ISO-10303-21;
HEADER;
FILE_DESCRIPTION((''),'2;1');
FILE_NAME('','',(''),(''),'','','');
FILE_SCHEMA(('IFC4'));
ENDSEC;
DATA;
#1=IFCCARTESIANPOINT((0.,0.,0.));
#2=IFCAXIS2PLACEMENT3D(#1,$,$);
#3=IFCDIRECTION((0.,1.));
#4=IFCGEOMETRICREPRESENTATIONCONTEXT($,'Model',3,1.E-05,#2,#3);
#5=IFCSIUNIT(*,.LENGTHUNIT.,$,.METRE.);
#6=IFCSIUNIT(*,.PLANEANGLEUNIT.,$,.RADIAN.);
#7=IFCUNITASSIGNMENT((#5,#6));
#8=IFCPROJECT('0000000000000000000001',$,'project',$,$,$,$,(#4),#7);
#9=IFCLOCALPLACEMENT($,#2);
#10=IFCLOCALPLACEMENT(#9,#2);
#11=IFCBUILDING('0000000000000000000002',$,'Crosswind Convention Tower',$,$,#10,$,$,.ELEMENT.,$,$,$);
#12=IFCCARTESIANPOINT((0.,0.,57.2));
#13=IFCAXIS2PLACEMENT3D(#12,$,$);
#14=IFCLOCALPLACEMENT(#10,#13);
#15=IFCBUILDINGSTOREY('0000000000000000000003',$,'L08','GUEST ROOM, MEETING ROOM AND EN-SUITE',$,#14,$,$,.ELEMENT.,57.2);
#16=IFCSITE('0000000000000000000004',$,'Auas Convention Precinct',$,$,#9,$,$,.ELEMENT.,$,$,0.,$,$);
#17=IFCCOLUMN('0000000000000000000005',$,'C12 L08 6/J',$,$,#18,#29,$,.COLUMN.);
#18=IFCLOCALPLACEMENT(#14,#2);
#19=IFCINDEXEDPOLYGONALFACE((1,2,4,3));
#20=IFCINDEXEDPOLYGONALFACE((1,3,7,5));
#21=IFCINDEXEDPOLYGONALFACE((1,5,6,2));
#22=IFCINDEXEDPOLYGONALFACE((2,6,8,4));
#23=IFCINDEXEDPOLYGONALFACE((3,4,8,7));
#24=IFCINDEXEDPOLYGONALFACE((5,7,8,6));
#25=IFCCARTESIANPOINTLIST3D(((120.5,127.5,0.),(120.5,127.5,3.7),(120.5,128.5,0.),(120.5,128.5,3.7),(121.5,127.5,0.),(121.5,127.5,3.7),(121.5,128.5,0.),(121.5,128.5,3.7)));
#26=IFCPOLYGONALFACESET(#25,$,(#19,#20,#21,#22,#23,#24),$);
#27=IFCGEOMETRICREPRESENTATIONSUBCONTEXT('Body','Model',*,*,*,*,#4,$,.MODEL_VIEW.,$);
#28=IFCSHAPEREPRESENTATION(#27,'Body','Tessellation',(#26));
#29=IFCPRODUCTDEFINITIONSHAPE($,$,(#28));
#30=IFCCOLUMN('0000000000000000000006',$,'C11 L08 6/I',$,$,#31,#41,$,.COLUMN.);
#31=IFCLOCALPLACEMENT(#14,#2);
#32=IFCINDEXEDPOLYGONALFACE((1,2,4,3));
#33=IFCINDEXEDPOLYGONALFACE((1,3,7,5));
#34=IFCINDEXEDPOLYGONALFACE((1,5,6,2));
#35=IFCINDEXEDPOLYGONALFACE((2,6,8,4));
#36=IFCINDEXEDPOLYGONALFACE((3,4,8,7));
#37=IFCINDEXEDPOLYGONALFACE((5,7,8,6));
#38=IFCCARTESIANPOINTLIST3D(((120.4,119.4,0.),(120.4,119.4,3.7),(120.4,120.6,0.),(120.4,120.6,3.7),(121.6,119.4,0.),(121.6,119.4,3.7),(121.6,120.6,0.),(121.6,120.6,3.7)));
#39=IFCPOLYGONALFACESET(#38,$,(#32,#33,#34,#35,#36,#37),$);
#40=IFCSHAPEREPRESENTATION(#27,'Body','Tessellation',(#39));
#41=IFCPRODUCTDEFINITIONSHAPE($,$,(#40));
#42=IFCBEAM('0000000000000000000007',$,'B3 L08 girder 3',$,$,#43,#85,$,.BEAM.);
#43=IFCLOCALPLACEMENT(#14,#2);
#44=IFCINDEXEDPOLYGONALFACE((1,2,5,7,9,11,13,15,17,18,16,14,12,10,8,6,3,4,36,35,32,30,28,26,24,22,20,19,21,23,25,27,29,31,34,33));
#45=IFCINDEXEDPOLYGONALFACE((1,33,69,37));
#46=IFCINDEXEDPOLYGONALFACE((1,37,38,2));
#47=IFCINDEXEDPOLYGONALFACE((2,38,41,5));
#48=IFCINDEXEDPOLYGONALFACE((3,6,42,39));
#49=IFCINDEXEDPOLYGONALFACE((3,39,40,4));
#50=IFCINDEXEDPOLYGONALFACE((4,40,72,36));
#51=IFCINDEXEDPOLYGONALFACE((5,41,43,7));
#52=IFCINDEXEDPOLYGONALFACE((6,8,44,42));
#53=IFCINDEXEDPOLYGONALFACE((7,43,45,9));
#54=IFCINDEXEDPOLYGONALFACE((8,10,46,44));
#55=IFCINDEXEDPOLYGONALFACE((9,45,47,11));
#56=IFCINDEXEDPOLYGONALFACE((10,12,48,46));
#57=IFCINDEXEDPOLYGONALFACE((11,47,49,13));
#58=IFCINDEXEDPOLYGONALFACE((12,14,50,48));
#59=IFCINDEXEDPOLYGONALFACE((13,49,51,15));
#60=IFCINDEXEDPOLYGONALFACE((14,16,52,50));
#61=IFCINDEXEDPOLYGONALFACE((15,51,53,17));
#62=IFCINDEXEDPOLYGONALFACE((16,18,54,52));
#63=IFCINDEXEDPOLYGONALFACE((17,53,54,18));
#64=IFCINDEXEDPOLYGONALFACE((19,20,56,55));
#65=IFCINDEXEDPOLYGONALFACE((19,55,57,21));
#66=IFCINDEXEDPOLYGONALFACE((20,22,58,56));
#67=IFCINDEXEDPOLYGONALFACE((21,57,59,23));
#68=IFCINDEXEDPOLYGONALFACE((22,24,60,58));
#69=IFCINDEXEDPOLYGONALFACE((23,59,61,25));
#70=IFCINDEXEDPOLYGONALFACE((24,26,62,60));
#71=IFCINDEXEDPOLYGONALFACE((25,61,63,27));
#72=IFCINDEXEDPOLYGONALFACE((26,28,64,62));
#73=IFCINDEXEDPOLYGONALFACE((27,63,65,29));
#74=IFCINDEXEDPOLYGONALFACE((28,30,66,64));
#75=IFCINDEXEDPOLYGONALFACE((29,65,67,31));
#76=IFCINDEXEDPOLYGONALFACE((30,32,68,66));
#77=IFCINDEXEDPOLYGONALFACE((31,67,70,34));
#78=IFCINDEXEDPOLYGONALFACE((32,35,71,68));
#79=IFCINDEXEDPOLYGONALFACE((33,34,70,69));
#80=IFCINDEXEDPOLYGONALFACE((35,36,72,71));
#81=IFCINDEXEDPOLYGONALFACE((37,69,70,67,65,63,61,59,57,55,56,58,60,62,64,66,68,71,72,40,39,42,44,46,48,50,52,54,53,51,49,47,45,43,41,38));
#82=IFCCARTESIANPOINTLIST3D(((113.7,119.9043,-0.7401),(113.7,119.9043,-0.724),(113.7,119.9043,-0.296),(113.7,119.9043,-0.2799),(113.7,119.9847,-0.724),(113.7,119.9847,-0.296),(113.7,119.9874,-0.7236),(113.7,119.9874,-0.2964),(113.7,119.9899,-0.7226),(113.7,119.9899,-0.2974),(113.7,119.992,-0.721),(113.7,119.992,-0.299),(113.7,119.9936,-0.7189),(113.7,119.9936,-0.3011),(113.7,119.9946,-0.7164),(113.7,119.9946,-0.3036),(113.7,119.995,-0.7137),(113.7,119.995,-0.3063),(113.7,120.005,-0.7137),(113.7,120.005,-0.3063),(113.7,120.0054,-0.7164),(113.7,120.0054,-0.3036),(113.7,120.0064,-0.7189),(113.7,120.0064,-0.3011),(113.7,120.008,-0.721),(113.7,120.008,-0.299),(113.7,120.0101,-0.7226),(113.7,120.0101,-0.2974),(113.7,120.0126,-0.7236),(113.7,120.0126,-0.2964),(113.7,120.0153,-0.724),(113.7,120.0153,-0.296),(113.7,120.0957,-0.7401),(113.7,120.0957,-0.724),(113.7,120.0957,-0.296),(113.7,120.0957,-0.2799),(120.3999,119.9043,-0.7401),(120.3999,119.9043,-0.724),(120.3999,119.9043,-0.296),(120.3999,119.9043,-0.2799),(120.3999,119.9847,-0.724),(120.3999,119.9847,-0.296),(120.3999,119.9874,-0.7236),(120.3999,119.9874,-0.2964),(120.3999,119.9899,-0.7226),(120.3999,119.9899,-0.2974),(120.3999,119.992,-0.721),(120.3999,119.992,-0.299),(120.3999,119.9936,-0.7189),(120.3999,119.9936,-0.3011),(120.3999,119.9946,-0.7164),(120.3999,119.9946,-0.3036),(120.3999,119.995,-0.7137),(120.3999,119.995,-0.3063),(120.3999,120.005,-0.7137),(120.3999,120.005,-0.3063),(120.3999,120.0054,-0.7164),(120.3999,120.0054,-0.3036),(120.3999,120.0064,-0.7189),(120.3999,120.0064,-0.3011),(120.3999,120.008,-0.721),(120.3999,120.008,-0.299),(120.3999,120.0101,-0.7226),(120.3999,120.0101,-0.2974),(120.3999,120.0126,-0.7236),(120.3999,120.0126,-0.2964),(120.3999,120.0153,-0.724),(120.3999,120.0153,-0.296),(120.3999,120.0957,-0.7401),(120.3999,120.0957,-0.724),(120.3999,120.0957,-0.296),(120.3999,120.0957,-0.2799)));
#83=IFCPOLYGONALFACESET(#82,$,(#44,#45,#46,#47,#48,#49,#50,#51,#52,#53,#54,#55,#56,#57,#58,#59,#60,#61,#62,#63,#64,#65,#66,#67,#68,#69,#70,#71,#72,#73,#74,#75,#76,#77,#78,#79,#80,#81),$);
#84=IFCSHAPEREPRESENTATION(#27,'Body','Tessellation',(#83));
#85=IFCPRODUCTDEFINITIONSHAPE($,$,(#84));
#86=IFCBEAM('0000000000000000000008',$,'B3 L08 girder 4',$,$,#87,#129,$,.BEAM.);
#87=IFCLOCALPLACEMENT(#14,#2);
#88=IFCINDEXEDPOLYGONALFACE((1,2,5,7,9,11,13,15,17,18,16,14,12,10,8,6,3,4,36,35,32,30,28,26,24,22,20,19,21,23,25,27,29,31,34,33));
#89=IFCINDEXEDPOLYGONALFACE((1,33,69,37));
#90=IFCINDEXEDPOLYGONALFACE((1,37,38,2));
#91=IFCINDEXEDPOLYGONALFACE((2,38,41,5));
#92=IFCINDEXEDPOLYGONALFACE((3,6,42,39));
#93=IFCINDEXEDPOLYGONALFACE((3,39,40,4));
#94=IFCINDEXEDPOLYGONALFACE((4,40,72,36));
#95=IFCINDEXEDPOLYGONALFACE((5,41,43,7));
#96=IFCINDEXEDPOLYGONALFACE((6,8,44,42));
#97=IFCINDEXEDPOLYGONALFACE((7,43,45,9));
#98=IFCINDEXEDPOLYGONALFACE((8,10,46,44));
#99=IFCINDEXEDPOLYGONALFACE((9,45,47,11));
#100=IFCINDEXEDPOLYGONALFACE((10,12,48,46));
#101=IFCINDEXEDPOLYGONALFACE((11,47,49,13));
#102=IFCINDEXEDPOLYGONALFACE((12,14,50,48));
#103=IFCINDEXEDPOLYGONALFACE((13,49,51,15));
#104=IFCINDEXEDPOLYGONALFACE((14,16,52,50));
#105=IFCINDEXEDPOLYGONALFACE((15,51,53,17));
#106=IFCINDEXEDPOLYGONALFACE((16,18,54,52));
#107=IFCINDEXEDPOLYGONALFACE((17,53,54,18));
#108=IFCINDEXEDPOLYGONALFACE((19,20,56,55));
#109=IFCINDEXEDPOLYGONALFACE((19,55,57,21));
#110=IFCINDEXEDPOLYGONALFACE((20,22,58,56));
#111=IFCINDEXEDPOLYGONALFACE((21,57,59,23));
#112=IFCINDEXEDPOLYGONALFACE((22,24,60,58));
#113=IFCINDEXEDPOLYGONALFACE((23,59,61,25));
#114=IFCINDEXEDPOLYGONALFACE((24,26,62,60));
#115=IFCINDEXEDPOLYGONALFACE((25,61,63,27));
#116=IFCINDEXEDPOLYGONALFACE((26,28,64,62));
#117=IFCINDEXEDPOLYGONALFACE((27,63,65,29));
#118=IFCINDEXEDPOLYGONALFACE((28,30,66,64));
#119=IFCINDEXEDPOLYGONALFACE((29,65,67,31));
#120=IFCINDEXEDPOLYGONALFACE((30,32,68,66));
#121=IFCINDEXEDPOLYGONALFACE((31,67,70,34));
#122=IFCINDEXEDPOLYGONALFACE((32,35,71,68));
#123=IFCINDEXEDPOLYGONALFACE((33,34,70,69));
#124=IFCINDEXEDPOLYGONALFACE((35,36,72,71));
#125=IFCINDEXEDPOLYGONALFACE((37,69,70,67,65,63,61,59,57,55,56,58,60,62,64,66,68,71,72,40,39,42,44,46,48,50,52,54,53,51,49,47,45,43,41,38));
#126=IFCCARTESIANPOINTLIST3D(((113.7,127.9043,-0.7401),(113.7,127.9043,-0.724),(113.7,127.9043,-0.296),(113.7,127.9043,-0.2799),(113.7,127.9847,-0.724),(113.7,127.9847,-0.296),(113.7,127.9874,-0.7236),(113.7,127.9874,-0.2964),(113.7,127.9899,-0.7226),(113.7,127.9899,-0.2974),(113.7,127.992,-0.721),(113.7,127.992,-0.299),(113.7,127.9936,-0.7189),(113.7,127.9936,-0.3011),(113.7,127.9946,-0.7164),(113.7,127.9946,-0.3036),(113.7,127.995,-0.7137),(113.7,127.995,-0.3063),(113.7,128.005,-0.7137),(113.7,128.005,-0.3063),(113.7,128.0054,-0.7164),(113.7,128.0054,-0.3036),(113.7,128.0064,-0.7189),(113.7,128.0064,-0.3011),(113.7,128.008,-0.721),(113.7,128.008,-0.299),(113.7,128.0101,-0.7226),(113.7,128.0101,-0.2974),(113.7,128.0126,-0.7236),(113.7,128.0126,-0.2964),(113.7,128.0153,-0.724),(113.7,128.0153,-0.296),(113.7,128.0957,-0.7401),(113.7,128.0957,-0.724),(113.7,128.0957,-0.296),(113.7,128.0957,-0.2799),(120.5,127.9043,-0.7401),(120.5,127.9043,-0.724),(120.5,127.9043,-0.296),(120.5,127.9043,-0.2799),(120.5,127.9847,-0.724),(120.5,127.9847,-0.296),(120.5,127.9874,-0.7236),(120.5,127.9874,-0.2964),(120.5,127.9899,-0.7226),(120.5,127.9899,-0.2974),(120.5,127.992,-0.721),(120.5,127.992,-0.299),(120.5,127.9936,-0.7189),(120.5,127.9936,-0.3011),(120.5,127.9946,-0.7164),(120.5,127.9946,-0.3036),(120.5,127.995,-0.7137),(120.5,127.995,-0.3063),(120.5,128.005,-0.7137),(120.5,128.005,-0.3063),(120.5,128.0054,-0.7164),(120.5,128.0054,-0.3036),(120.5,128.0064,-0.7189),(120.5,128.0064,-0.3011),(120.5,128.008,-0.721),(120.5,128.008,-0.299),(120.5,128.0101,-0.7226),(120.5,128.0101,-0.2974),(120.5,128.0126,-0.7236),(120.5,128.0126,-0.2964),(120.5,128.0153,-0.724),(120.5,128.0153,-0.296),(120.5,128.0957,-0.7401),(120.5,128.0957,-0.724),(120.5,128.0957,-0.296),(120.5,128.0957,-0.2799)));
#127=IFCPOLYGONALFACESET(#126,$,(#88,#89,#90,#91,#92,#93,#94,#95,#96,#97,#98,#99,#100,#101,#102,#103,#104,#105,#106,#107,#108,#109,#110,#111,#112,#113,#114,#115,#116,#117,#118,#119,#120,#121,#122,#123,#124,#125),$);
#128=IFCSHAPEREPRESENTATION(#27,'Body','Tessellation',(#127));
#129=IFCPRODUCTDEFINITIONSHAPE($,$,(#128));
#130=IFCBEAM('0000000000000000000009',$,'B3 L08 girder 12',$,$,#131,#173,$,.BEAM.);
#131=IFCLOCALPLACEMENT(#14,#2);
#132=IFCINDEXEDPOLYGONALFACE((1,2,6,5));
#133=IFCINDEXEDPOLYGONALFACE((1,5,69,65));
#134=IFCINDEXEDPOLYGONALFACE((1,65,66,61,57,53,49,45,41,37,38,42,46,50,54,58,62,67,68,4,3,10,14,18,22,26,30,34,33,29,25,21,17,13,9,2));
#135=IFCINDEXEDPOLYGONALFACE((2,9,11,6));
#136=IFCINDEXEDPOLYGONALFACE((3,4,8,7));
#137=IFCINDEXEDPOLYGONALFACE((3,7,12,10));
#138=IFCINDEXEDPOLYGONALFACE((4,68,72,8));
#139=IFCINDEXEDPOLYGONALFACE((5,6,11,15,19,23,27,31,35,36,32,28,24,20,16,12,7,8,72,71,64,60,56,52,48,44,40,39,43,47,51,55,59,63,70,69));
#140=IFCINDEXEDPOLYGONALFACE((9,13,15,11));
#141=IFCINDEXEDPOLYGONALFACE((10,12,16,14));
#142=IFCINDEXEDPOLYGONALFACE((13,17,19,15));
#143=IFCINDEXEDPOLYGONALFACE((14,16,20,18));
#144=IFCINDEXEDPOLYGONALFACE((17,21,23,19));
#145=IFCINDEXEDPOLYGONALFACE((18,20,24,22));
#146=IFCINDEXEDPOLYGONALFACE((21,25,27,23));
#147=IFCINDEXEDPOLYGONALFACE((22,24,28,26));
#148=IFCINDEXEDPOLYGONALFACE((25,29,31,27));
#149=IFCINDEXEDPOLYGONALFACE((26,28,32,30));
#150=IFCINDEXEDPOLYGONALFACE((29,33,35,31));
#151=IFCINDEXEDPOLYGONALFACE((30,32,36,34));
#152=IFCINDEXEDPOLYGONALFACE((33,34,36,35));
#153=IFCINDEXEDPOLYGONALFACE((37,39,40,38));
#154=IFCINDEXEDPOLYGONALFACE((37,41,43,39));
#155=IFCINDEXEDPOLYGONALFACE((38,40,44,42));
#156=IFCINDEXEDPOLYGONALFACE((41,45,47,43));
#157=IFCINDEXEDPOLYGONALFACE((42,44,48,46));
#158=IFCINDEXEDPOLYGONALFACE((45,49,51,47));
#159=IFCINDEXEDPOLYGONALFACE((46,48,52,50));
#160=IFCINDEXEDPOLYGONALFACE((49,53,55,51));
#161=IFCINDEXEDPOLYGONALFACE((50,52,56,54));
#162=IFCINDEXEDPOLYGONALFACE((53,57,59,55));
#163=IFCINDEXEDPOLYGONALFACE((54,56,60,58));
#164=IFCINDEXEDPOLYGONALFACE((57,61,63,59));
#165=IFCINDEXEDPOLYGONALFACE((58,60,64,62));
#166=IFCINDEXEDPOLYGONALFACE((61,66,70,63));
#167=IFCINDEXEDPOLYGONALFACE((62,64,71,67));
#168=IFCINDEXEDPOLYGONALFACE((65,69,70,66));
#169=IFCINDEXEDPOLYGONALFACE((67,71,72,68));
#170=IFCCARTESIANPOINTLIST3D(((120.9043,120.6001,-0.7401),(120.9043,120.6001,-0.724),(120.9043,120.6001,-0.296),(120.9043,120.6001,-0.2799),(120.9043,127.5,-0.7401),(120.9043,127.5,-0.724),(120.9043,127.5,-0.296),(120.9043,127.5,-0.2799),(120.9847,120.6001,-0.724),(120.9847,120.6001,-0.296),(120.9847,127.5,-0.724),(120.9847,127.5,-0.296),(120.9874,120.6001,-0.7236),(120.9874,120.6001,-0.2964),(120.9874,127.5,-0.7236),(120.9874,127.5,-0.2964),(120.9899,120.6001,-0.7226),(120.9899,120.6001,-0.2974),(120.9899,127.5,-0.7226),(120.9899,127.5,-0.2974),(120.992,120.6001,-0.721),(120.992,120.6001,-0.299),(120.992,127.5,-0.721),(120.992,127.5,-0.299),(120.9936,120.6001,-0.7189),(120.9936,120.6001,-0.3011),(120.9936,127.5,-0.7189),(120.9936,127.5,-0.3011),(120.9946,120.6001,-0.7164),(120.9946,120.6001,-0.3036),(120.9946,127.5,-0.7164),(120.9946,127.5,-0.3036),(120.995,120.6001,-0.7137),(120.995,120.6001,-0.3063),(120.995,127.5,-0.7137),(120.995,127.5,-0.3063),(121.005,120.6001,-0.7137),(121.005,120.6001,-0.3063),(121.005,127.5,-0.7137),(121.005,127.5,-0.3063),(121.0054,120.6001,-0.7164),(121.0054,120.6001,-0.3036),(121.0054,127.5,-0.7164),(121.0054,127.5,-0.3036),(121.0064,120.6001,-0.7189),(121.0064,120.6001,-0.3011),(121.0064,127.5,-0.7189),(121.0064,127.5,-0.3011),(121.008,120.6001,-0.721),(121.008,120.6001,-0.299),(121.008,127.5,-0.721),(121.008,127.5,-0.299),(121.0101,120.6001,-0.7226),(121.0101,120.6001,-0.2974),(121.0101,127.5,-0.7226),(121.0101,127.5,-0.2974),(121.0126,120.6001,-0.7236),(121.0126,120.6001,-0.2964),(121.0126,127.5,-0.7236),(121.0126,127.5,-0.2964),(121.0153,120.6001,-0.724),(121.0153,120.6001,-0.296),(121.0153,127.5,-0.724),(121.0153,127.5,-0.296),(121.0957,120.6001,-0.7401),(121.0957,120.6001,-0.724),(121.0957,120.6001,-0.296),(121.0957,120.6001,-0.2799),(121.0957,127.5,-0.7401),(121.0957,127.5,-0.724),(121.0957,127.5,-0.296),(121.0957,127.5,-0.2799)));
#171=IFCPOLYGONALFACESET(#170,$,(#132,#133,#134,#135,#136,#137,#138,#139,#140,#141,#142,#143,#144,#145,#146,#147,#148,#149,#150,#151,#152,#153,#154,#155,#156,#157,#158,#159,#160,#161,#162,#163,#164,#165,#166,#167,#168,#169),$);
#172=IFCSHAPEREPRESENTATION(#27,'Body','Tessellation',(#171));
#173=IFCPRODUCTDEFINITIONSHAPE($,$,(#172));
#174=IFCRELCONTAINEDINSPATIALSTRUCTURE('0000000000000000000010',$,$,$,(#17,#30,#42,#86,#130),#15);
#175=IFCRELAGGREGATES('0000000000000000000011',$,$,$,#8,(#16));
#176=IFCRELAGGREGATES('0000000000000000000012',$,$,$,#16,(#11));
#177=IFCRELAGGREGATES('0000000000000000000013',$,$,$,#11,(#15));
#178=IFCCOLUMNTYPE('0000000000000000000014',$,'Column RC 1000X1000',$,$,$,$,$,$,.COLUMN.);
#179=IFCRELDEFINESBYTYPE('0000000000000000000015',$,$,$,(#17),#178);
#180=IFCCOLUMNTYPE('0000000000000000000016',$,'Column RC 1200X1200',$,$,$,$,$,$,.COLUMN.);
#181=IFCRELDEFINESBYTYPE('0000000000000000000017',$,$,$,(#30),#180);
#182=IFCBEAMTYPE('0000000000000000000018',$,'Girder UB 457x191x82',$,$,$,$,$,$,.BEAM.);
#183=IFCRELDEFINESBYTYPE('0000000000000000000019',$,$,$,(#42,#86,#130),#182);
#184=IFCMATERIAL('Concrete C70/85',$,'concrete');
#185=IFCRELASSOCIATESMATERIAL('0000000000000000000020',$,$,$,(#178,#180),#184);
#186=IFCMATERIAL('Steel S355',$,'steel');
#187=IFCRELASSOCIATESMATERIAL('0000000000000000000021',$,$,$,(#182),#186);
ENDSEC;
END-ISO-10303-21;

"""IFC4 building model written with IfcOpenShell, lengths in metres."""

from ifc_helpers import new_model, si_unit, direction, frame, origin, origin_2d, place, context, subcontext, project, spatial, rectangle, i_section, extrude, material, material_profile, profile_set, type_object, element, save


model = new_model("IFC4")

# Units and contexts
model_context = context("Model", 3, precision=1e-05, world=origin(), true_north=direction((0.0, 1.0)))
body_context = subcontext(model_context, "Body", "Model", "MODEL_VIEW")
ifc_project = project(units=[si_unit("LENGTHUNIT", "METRE"), si_unit("PLANEANGLEUNIT", "RADIAN")], contexts=[model_context])

# Site, building, storey
site_placement = place(None, origin())
site = spatial("IfcSite", under=ifc_project, at=site_placement, Name="Auas Convention Precinct", CompositionType="ELEMENT", RefElevation=0.0)
building_placement = place(site_placement, origin())
building = spatial("IfcBuilding", under=site, at=building_placement, Name="Crosswind Convention Tower", CompositionType="ELEMENT")
storey_placement = place(building_placement, frame((0.0, 0.0, 57.2)))
storey = spatial("IfcBuildingStorey", under=building, at=storey_placement, Name="L08", Description="GUEST ROOM, MEETING ROOM AND EN-SUITE", CompositionType="ELEMENT", Elevation=57.2)

# Columns
ifc_material_1 = material(Name="Concrete C70/85", Category="concrete")
ifc_material_profile_1 = material_profile(ifc_material_1, rectangle(XDim=1.0, YDim=1.0, at=origin_2d()), Name="RC 1000X1000")
ifc_profile_set_1 = profile_set([ifc_material_profile_1], Name="Concrete C70/85")
column_type_1 = type_object("IfcColumnType", Name="Column RC 1000X1000", PredefinedType="COLUMN", material=ifc_profile_set_1)
column_1_placement = place(storey_placement, frame((121.0, 128.0, 0.0), z_axis=(0.0, 0.0, 1.0), x_axis=(1.0, 0.0, 0.0)))
element("IfcColumn", 1, at=column_1_placement, inside=storey, type_object=column_type_1, Name="C12 L08 6/J", PredefinedType="COLUMN", context=body_context, shape_type="SweptSolid", body=[
    extrude(rectangle(XDim=1.0, YDim=1.0, at=origin_2d()), origin(), (0.0, 0.0, 1.0), 3.7),
])
ifc_material_profile_2 = material_profile(ifc_material_1, rectangle(XDim=1.2, YDim=1.2, at=origin_2d()), Name="RC 1200X1200")
ifc_profile_set_2 = profile_set([ifc_material_profile_2], Name="Concrete C70/85")
column_type_2 = type_object("IfcColumnType", Name="Column RC 1200X1200", PredefinedType="COLUMN", material=ifc_profile_set_2)
column_2_placement = place(storey_placement, frame((121.0, 120.0, 0.0), z_axis=(0.0, 0.0, 1.0), x_axis=(1.0, 0.0, 0.0)))
element("IfcColumn", 2, at=column_2_placement, inside=storey, type_object=column_type_2, Name="C11 L08 6/I", PredefinedType="COLUMN", context=body_context, shape_type="SweptSolid", body=[
    extrude(rectangle(XDim=1.2, YDim=1.2, at=origin_2d()), origin(), (0.0, 0.0, 1.0), 3.7),
])

# Beams
ifc_material_2 = material(Name="Steel S355", Category="steel")
ifc_material_profile_3 = material_profile(ifc_material_2, i_section(OverallWidth=0.1914, OverallDepth=0.4602, WebThickness=0.01, FlangeThickness=0.0161, FilletRadius=0.0103, at=origin_2d()), Name="UB 457x191x82")
ifc_profile_set_3 = profile_set([ifc_material_profile_3], Name="Steel S355")
beam_type_1 = type_object("IfcBeamType", Name="Girder UB 457x191x82", PredefinedType="BEAM", material=ifc_profile_set_3)
beam_1_placement = place(storey_placement, frame((113.7, 120.0, -0.51), z_axis=(1.0, 0.0, 0.0), x_axis=(0.0, 1.0, 0.0)))
element("IfcBeam", 3, at=beam_1_placement, inside=storey, type_object=beam_type_1, Name="B3 L08 girder 3", PredefinedType="BEAM", context=body_context, shape_type="SweptSolid", body=[
    extrude(i_section(OverallWidth=0.1914, OverallDepth=0.4602, WebThickness=0.01, FlangeThickness=0.0161, FilletRadius=0.0103, at=origin_2d()), origin(), (0.0, 0.0, 1.0), 6.7),
])
beam_2_placement = place(storey_placement, frame((113.7, 128.0, -0.51), z_axis=(1.0, 0.0, 0.0), x_axis=(0.0, 1.0, 0.0)))
element("IfcBeam", 4, at=beam_2_placement, inside=storey, type_object=beam_type_1, Name="B3 L08 girder 4", PredefinedType="BEAM", context=body_context, shape_type="SweptSolid", body=[
    extrude(i_section(OverallWidth=0.1914, OverallDepth=0.4602, WebThickness=0.01, FlangeThickness=0.0161, FilletRadius=0.0103, at=origin_2d()), origin(), (0.0, 0.0, 1.0), 6.8),
])
beam_3_placement = place(storey_placement, frame((121.0, 120.6001, -0.51), z_axis=(0.0, 1.0, 0.0), x_axis=(-1.0, 0.0, 0.0)))
element("IfcBeam", 5, at=beam_3_placement, inside=storey, type_object=beam_type_1, Name="B3 L08 girder 12", PredefinedType="BEAM", context=body_context, shape_type="SweptSolid", body=[
    extrude(i_section(OverallWidth=0.1914, OverallDepth=0.4602, WebThickness=0.01, FlangeThickness=0.0161, FilletRadius=0.0103, at=origin_2d()), origin(), (0.0, 0.0, 1.0), 6.8999),
])

save(model, "model.ifc")
